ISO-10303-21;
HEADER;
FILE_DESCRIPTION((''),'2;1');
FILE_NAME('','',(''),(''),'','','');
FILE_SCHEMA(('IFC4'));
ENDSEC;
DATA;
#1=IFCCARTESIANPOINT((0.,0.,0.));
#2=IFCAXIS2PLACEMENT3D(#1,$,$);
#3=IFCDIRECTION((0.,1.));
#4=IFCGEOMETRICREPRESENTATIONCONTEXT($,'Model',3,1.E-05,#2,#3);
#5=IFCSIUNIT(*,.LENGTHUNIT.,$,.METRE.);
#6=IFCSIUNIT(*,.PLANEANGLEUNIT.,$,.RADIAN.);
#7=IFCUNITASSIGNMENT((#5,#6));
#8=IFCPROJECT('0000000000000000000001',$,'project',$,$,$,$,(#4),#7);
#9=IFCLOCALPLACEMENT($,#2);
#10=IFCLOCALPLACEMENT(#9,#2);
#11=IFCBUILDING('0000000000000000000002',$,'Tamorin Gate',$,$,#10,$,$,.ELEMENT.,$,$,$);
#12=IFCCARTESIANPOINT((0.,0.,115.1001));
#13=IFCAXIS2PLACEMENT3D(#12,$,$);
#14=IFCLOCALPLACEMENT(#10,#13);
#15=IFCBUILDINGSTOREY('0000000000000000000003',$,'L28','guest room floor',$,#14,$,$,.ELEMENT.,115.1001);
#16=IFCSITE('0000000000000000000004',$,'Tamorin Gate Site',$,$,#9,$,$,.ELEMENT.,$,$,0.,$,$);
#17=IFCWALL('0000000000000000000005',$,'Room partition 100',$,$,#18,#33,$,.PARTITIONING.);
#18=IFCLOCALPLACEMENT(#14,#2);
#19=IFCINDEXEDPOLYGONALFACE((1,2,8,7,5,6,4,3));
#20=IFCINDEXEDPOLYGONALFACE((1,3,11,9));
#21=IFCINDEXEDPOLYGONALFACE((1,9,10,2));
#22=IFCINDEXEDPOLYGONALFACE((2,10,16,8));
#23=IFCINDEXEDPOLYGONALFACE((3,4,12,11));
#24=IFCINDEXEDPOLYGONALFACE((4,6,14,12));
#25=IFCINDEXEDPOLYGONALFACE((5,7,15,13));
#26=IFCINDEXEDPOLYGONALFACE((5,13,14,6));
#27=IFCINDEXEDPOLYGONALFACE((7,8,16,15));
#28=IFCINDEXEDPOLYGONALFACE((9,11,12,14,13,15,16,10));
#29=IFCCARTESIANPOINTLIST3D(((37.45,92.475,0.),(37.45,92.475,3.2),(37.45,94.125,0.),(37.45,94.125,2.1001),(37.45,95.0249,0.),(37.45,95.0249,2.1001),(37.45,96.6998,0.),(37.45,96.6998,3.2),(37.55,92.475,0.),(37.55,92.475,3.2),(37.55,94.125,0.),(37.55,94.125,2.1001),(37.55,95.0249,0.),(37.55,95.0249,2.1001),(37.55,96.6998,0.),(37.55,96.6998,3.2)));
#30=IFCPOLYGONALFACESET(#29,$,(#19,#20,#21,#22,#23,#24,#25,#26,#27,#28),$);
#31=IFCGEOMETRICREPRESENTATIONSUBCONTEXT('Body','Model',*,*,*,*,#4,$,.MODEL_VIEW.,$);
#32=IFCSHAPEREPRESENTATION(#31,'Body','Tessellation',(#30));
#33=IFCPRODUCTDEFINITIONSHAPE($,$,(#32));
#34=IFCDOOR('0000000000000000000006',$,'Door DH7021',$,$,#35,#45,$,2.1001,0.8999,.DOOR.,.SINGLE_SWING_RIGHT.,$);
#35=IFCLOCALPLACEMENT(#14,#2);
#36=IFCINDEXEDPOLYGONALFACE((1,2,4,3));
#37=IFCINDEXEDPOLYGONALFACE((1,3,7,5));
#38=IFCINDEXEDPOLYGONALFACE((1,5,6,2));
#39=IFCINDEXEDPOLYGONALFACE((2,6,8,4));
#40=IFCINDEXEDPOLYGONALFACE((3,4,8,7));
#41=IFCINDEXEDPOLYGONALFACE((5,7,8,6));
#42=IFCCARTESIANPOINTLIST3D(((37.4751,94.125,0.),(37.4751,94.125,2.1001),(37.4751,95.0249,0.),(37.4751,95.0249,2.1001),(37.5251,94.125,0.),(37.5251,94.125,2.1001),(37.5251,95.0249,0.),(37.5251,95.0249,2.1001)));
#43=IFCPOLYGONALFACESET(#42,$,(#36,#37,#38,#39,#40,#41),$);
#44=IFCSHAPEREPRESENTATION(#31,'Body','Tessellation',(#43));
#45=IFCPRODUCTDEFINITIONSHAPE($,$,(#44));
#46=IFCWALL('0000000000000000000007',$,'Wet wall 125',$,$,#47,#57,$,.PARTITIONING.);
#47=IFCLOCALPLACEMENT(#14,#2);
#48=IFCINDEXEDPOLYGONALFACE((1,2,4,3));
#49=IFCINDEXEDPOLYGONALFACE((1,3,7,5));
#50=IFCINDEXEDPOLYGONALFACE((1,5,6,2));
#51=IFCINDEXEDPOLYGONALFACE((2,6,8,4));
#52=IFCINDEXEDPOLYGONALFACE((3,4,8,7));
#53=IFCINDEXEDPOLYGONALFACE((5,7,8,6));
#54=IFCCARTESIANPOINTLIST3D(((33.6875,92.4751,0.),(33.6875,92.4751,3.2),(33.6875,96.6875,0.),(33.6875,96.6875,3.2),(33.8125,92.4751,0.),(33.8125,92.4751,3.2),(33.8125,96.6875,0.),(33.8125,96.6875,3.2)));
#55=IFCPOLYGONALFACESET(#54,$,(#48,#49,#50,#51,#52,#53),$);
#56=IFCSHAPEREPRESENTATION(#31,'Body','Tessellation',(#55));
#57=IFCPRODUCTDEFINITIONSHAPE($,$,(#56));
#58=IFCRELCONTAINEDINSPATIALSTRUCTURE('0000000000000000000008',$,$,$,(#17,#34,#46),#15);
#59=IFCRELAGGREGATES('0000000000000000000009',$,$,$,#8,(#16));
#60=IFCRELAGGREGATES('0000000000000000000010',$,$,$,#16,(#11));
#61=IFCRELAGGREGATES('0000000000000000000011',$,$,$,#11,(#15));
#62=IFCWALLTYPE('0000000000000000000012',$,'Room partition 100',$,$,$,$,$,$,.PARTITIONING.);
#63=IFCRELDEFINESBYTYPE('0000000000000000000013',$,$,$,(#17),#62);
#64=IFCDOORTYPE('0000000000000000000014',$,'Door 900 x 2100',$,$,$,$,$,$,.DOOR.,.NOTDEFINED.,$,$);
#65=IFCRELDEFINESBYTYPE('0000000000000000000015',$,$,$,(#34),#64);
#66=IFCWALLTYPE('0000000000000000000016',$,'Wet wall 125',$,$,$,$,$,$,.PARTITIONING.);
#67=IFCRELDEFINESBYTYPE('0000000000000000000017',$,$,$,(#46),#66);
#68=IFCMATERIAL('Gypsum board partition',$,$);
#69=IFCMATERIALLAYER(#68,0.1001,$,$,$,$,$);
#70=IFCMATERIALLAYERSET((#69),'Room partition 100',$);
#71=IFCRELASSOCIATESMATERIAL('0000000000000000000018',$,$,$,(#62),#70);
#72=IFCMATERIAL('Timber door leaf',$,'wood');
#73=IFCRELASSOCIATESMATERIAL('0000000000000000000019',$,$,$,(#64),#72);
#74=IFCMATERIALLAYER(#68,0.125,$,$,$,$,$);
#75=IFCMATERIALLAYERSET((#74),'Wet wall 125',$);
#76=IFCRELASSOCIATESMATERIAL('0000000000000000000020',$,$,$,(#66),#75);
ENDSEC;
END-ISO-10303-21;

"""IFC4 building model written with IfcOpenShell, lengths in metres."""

from ifc_helpers import new_model, si_unit, direction, frame, frame_2d, origin, place, context, subcontext, project, spatial, rectangle, extrude, material, layer, layer_set, type_object, element, fill, save


model = new_model("IFC4")

# Units and contexts
model_context = context("Model", 3, precision=1e-05, world=origin(), true_north=direction((0.0, 1.0)))
body_context = subcontext(model_context, "Body", "Model", "MODEL_VIEW")
ifc_project = project(units=[si_unit("LENGTHUNIT", "METRE"), si_unit("PLANEANGLEUNIT", "RADIAN")], contexts=[model_context])

# Site, building, storey
site_placement = place(None, origin())
site = spatial("IfcSite", under=ifc_project, at=site_placement, Name="Tamorin Gate Site", CompositionType="ELEMENT", RefElevation=0.0)
building_placement = place(site_placement, origin())
building = spatial("IfcBuilding", under=site, at=building_placement, Name="Tamorin Gate", CompositionType="ELEMENT")
storey_placement = place(building_placement, frame((0.0, 0.0, 115.1001)))
storey = spatial("IfcBuildingStorey", under=building, at=storey_placement, Name="L28", Description="guest room floor", CompositionType="ELEMENT", Elevation=115.1001)

# Shared definitions
ifc_material_1 = material(Name="Gypsum board partition")
ifc_material_2 = material(Name="Timber door leaf", Category="wood")

# Wall, opening, door
ifc_layer_1 = layer(ifc_material_1, 0.1001)
ifc_layer_set_1 = layer_set([ifc_layer_1], Name="Room partition 100")
wall_type_1 = type_object("IfcWallType", Name="Room partition 100", PredefinedType="PARTITIONING", material=ifc_layer_set_1)
wall_1_placement = place(storey_placement, frame((37.5, 92.4751, 0.0), z_axis=(0.0, 0.0, 1.0), x_axis=(0.0, 1.0, 0.0)))
wall_1 = element("IfcWall", 1, at=wall_1_placement, inside=storey, type_object=wall_type_1, Name="Room partition 100", PredefinedType="PARTITIONING", context=body_context, shape_type="SweptSolid", body=[
    extrude(rectangle(XDim=4.2249, YDim=0.1001, at=frame_2d((2.1123, 0.0))), origin(), (0.0, 0.0, 1.0), 3.2),
])
opening_1_placement = place(wall_1_placement, frame((1.6499, 0.0, 0.0)))
opening_1 = element("IfcOpeningElement", 2, at=opening_1_placement, cuts=wall_1, PredefinedType="OPENING", context=body_context, shape_type="SweptSolid", body=[
    extrude(rectangle(XDim=0.8999, YDim=2.1001, at=frame_2d((0.45, 1.05))), frame((0.0, 0.0601, 0.0), z_axis=(0.0, -1.0, 0.0), x_axis=(1.0, 0.0, 0.0)), (0.0, 0.0, 1.0), 0.1201),
])
door_type_1 = type_object("IfcDoorType", Name="Door 900 x 2100", OperationType="NOTDEFINED", PredefinedType="DOOR", material=ifc_material_2)
door_1_placement = place(opening_1_placement, origin())
door_1 = element("IfcDoor", 3, at=door_1_placement, inside=storey, type_object=door_type_1, Name="Door DH7021", OperationType="SINGLE_SWING_RIGHT", OverallHeight=2.1001, OverallWidth=0.8999, PredefinedType="DOOR", context=body_context, shape_type="SweptSolid", body=[
    extrude(rectangle(XDim=0.8999, YDim=2.1001, at=frame_2d((0.45, 1.05))), frame((0.0, 0.0249, 0.0), z_axis=(0.0, -1.0, 0.0), x_axis=(1.0, 0.0, 0.0)), (0.0, 0.0, 1.0), 0.05),
])
fill(opening_1, door_1)

# Wall
ifc_layer_2 = layer(ifc_material_1, 0.125)
ifc_layer_set_2 = layer_set([ifc_layer_2], Name="Wet wall 125")
wall_type_2 = type_object("IfcWallType", Name="Wet wall 125", PredefinedType="PARTITIONING", material=ifc_layer_set_2)
wall_2_placement = place(storey_placement, frame((33.75, 92.4751, 0.0), z_axis=(0.0, 0.0, 1.0), x_axis=(0.0, 1.0, 0.0)))
element("IfcWall", 4, at=wall_2_placement, inside=storey, type_object=wall_type_2, Name="Wet wall 125", PredefinedType="PARTITIONING", context=body_context, shape_type="SweptSolid", body=[
    extrude(rectangle(XDim=4.2124, YDim=0.125, at=frame_2d((2.1062, 0.0))), origin(), (0.0, 0.0, 1.0), 3.2),
])

save(model, "model.ifc")
